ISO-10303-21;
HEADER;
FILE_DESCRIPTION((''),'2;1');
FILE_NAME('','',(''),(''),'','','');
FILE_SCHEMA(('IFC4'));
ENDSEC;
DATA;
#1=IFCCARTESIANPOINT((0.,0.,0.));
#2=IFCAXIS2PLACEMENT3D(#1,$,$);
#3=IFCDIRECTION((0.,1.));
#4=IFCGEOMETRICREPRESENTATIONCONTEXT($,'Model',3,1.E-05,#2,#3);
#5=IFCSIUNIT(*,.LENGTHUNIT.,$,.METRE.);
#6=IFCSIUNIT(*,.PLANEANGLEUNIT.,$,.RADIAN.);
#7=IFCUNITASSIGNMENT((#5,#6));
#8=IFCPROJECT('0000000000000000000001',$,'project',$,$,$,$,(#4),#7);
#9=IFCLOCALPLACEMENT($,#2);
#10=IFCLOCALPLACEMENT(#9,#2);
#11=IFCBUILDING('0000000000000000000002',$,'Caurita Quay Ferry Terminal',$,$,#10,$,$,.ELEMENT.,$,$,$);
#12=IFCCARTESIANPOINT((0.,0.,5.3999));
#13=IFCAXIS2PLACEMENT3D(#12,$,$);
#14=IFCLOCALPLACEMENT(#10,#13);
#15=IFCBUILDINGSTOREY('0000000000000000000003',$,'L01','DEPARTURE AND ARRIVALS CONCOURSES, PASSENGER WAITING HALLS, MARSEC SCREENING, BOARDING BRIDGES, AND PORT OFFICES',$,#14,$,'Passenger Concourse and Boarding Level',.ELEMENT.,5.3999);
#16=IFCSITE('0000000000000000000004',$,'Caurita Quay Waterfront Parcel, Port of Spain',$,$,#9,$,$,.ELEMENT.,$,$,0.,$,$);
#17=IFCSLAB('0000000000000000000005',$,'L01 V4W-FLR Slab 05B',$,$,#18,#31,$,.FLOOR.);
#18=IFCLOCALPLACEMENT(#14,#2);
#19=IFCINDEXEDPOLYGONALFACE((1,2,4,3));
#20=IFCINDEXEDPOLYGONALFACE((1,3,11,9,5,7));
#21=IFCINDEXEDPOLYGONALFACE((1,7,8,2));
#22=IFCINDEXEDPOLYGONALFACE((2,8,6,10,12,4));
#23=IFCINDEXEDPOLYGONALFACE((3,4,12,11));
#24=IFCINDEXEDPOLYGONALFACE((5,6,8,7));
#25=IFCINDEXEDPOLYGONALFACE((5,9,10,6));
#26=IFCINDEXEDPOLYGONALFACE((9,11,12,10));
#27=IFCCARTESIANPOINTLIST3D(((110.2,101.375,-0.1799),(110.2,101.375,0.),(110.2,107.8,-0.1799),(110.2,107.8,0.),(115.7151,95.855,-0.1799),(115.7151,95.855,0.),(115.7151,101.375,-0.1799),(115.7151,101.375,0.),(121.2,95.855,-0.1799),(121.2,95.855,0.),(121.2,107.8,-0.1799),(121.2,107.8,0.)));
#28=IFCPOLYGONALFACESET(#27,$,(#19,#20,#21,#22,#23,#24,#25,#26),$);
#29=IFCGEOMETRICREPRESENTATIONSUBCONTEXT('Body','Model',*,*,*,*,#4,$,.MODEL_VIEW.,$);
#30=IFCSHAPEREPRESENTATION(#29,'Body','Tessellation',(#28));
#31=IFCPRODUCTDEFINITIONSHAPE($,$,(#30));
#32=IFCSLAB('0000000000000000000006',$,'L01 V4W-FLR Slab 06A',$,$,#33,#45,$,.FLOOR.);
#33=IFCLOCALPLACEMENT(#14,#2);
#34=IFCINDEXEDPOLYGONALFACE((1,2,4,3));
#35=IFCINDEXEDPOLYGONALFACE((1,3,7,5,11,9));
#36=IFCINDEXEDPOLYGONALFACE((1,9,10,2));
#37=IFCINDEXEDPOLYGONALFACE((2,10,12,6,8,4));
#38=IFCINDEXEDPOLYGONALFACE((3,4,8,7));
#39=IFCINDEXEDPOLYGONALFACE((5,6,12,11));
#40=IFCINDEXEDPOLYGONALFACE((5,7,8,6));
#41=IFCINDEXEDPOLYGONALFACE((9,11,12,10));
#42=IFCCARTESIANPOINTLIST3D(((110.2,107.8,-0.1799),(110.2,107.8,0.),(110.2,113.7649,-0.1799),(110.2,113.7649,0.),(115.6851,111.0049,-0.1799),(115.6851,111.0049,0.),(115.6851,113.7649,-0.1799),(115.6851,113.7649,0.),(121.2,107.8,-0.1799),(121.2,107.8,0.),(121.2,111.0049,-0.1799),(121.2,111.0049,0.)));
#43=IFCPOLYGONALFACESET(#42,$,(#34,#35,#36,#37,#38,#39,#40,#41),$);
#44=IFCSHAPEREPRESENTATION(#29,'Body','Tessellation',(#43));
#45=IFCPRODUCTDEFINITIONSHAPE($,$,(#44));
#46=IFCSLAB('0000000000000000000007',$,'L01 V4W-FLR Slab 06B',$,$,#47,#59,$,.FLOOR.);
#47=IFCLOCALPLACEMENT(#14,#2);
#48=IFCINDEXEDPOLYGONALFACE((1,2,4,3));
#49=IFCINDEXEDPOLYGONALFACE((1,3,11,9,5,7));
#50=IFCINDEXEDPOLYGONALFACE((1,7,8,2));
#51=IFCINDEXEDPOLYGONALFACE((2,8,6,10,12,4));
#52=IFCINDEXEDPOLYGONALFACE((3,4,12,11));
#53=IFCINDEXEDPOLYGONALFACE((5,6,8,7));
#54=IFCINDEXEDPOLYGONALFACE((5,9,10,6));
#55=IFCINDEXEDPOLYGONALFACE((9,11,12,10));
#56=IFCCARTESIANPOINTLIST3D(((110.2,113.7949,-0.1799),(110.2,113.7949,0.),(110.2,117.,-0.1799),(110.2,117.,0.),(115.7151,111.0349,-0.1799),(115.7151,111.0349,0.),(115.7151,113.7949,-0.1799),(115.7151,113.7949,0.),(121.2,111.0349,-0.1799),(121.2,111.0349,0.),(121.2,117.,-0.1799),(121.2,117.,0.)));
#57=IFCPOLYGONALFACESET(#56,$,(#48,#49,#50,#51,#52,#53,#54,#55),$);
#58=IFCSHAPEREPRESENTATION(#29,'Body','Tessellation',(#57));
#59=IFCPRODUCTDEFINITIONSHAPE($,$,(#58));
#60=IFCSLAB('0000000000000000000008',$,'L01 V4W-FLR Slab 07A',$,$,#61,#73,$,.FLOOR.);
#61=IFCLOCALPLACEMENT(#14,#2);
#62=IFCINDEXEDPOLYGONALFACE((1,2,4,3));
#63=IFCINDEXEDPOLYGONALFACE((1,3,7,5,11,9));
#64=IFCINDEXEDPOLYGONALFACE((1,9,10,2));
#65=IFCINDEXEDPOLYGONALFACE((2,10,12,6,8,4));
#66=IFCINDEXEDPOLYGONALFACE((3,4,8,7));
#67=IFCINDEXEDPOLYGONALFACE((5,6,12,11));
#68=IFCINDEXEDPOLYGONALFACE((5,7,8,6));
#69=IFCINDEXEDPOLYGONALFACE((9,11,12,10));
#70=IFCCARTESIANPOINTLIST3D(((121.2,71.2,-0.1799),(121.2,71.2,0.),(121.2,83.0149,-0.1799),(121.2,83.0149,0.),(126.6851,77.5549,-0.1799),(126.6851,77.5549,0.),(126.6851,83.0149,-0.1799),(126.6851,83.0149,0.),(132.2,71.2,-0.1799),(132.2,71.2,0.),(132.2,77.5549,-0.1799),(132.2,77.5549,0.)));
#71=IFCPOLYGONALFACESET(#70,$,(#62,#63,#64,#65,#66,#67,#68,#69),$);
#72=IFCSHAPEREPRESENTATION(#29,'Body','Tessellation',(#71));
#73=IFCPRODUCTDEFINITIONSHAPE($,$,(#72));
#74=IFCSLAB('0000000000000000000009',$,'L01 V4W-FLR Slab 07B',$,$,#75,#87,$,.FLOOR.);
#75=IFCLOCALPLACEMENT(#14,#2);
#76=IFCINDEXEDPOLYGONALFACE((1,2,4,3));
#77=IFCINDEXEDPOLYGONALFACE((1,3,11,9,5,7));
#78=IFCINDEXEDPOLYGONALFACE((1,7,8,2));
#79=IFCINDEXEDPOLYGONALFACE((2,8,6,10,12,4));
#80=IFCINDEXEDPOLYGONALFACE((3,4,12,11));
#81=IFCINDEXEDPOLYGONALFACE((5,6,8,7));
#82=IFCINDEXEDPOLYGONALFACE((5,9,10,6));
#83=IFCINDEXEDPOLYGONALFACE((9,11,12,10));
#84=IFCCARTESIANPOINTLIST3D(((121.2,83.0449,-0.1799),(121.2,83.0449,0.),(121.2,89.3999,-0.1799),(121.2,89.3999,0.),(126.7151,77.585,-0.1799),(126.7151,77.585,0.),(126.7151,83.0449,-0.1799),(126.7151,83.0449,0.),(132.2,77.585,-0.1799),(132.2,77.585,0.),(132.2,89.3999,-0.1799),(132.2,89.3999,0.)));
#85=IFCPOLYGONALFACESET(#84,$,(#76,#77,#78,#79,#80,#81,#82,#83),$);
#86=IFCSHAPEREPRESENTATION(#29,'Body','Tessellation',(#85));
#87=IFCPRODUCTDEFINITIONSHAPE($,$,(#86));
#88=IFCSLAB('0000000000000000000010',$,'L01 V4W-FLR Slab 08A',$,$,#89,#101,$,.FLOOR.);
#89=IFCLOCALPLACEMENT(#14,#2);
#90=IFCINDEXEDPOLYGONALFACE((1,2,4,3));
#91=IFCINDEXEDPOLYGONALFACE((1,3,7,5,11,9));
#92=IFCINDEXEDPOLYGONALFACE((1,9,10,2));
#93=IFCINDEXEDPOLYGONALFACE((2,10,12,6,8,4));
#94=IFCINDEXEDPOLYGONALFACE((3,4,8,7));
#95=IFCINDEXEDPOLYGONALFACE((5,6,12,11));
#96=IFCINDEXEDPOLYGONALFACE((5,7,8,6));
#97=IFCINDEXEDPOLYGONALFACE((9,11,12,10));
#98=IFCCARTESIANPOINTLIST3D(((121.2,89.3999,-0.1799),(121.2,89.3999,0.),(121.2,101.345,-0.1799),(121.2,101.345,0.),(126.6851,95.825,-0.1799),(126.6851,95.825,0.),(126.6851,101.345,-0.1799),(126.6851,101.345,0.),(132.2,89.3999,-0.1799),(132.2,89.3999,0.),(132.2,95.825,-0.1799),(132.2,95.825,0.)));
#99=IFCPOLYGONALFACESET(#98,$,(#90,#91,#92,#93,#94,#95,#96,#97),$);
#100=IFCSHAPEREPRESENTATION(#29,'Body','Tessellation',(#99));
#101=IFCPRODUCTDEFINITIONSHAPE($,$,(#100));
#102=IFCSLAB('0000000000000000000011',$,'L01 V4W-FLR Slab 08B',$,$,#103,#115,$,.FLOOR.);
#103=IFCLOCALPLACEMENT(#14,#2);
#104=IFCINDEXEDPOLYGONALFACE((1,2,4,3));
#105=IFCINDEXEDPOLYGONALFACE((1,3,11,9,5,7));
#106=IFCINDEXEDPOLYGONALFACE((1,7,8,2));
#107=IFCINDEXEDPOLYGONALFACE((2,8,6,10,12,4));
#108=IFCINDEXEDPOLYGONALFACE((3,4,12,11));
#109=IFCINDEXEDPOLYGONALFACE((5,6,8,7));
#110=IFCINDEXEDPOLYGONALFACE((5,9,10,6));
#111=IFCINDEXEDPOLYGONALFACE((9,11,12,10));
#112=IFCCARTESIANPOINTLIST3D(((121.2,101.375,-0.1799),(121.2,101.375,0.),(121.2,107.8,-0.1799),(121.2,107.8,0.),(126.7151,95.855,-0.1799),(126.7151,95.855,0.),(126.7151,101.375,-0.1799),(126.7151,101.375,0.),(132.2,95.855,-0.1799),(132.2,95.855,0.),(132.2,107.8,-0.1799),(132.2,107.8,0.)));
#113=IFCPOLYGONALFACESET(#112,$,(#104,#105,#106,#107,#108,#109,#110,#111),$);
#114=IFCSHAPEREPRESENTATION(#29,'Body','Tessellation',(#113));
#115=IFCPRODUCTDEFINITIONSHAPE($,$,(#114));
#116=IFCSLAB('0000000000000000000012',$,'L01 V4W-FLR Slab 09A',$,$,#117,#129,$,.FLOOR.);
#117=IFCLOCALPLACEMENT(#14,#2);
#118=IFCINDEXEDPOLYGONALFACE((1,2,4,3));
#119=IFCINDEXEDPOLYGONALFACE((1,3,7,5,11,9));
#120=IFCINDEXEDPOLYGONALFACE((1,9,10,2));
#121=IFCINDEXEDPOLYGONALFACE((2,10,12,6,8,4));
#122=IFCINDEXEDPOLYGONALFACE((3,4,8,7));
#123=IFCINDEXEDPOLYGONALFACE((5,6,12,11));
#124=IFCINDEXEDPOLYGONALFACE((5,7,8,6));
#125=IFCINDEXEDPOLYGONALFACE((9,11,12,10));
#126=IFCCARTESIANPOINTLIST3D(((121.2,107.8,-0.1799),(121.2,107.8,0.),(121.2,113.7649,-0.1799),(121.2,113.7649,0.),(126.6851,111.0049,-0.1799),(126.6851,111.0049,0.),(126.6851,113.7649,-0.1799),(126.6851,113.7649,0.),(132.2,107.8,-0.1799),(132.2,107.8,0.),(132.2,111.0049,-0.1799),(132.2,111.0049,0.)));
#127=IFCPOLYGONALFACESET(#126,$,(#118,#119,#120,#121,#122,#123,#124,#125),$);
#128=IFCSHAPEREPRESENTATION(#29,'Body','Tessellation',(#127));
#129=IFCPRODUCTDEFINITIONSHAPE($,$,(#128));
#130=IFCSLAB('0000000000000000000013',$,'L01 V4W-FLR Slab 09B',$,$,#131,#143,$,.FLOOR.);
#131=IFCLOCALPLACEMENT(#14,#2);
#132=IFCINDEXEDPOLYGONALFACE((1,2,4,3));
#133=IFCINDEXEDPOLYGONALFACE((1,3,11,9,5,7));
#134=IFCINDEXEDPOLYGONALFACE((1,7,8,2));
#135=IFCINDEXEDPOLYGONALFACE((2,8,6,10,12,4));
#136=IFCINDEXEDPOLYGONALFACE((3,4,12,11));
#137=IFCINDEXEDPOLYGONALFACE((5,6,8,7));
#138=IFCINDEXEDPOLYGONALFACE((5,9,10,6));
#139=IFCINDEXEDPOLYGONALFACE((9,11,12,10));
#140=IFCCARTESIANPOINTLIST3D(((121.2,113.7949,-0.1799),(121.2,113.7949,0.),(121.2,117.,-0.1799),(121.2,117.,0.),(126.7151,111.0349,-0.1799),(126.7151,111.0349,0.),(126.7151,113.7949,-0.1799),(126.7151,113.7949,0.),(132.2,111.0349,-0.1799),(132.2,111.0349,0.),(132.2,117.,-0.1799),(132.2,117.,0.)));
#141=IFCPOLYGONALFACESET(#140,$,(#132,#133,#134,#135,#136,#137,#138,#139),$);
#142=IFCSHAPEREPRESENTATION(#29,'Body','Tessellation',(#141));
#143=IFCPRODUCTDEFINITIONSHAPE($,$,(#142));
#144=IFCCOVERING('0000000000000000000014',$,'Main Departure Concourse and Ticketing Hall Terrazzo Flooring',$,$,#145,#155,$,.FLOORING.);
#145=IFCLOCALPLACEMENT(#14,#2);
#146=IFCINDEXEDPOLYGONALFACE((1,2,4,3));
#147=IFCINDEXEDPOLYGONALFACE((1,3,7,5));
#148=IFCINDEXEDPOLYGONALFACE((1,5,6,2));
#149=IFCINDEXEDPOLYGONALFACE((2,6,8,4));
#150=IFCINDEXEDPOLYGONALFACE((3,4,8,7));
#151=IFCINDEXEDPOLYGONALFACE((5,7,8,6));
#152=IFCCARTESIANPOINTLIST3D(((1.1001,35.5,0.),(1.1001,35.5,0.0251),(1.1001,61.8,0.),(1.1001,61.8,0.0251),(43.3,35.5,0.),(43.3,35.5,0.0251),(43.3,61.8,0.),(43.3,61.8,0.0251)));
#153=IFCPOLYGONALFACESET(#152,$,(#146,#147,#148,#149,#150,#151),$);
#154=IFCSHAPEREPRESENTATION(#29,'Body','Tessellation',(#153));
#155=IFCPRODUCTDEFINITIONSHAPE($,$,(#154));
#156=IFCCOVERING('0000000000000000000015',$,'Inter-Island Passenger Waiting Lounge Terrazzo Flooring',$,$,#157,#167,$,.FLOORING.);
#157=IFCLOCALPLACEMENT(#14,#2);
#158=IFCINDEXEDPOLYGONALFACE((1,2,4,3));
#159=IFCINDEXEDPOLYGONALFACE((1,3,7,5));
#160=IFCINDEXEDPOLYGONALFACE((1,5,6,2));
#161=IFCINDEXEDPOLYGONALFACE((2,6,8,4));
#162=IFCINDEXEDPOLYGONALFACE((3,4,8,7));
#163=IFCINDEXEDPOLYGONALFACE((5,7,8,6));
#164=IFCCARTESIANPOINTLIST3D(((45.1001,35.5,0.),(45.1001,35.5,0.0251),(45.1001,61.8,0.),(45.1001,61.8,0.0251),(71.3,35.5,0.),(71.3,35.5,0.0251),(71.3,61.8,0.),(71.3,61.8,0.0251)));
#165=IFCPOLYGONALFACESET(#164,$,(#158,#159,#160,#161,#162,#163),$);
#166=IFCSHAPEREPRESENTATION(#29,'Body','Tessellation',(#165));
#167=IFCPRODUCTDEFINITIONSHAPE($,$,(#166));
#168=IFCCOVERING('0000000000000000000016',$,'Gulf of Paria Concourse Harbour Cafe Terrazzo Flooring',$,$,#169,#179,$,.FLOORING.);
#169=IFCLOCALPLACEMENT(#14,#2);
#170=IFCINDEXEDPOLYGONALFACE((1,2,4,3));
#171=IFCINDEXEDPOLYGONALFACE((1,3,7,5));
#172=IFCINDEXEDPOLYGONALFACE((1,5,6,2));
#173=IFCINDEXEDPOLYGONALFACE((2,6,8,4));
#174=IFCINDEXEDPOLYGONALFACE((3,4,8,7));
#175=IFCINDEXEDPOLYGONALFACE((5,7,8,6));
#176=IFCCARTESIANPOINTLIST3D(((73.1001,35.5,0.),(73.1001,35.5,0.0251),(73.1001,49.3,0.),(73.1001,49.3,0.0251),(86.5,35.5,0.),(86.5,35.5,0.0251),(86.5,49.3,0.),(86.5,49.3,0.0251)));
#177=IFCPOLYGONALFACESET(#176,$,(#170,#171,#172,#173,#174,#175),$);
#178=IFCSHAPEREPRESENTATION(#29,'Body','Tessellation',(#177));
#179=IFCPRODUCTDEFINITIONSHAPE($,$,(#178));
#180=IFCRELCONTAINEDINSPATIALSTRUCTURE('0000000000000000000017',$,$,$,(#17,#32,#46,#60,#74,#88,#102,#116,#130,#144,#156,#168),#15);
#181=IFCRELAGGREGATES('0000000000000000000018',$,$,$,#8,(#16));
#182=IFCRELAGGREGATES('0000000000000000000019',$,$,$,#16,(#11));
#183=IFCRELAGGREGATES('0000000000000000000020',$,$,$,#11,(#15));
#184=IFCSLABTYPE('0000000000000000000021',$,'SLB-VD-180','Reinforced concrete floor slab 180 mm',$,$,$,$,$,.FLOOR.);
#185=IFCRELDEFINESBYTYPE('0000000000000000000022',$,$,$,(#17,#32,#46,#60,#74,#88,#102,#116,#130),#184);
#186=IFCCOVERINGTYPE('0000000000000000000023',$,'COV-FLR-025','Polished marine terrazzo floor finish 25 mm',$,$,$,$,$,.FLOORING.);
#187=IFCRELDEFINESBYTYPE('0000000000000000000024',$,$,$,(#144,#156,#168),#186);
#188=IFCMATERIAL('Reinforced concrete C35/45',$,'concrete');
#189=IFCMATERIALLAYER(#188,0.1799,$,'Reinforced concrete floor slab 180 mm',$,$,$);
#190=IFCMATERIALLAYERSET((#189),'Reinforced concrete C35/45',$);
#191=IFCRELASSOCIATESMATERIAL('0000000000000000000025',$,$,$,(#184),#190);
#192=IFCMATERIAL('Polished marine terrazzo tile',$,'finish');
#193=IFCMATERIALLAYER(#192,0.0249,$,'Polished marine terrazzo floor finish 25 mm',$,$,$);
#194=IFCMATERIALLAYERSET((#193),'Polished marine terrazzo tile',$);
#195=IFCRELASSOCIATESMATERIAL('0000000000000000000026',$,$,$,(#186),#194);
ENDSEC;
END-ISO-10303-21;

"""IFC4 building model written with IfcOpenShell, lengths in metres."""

from ifc_helpers import new_model, si_unit, direction, frame, origin, place, context, subcontext, project, spatial, polyline, outline, extrude, material, layer, layer_set, type_object, element, save


model = new_model("IFC4")

# Units and contexts
model_context = context("Model", 3, precision=1e-05, world=origin(), true_north=direction((0.0, 1.0)))
body_context = subcontext(model_context, "Body", "Model", "MODEL_VIEW")
ifc_project = project(units=[si_unit("LENGTHUNIT", "METRE"), si_unit("PLANEANGLEUNIT", "RADIAN")], contexts=[model_context])

# Site, building, storey
site_placement = place(None, origin())
site = spatial("IfcSite", under=ifc_project, at=site_placement, Name="Caurita Quay Waterfront Parcel, Port of Spain", CompositionType="ELEMENT", RefElevation=0.0)
building_placement = place(site_placement, origin())
building = spatial("IfcBuilding", under=site, at=building_placement, Name="Caurita Quay Ferry Terminal", CompositionType="ELEMENT")
storey_placement = place(building_placement, frame((0.0, 0.0, 5.3999)))
storey = spatial("IfcBuildingStorey", under=building, at=storey_placement, Name="L01", Description="DEPARTURE AND ARRIVALS CONCOURSES, PASSENGER WAITING HALLS, MARSEC SCREENING, BOARDING BRIDGES, AND PORT OFFICES", LongName="Passenger Concourse and Boarding Level", CompositionType="ELEMENT", Elevation=5.3999)

# Shared definitions
ifc_material_1 = material(Name="Reinforced concrete C35/45", Category="concrete")

# Slabs
ifc_layer_1 = layer(ifc_material_1, 0.1799, Name="Reinforced concrete floor slab 180 mm")
ifc_layer_set_1 = layer_set([ifc_layer_1], Name="Reinforced concrete C35/45")
slab_type_1 = type_object("IfcSlabType", Name="SLB-VD-180", Description="Reinforced concrete floor slab 180 mm", PredefinedType="FLOOR", material=ifc_layer_set_1)
slab_1_placement = place(storey_placement, frame((0.0, 0.0, -0.1799)))
element("IfcSlab", 1, at=slab_1_placement, inside=storey, type_object=slab_type_1, Name="L01 V4W-FLR Slab 05B", PredefinedType="FLOOR", context=body_context, shape_type="SweptSolid", body=[
    extrude(outline(polyline([(115.7151, 95.855), (121.2, 95.855), (121.2, 107.8), (110.2, 107.8), (110.2, 101.375), (115.7151, 101.375), (115.7151, 95.855)])), origin(), (0.0, 0.0, 1.0), 0.1799),
])
slab_2_placement = place(storey_placement, frame((0.0, 0.0, -0.1799)))
element("IfcSlab", 2, at=slab_2_placement, inside=storey, type_object=slab_type_1, Name="L01 V4W-FLR Slab 06A", PredefinedType="FLOOR", context=body_context, shape_type="SweptSolid", body=[
    extrude(outline(polyline([(110.2, 107.8), (121.2, 107.8), (121.2, 111.0049), (115.6851, 111.0049), (115.6851, 113.7649), (110.2, 113.7649), (110.2, 107.8)])), origin(), (0.0, 0.0, 1.0), 0.1799),
])
slab_3_placement = place(storey_placement, frame((0.0, 0.0, -0.1799)))
element("IfcSlab", 3, at=slab_3_placement, inside=storey, type_object=slab_type_1, Name="L01 V4W-FLR Slab 06B", PredefinedType="FLOOR", context=body_context, shape_type="SweptSolid", body=[
    extrude(outline(polyline([(115.7151, 111.0349), (121.2, 111.0349), (121.2, 117.0), (110.2, 117.0), (110.2, 113.7949), (115.7151, 113.7949), (115.7151, 111.0349)])), origin(), (0.0, 0.0, 1.0), 0.1799),
])
slab_4_placement = place(storey_placement, frame((0.0, 0.0, -0.1799)))
element("IfcSlab", 4, at=slab_4_placement, inside=storey, type_object=slab_type_1, Name="L01 V4W-FLR Slab 07A", PredefinedType="FLOOR", context=body_context, shape_type="SweptSolid", body=[
    extrude(outline(polyline([(121.2, 71.2), (132.2, 71.2), (132.2, 77.5549), (126.6851, 77.5549), (126.6851, 83.0149), (121.2, 83.0149), (121.2, 71.2)])), origin(), (0.0, 0.0, 1.0), 0.1799),
])
slab_5_placement = place(storey_placement, frame((0.0, 0.0, -0.1799)))
element("IfcSlab", 5, at=slab_5_placement, inside=storey, type_object=slab_type_1, Name="L01 V4W-FLR Slab 07B", PredefinedType="FLOOR", context=body_context, shape_type="SweptSolid", body=[
    extrude(outline(polyline([(126.7151, 77.585), (132.2, 77.585), (132.2, 89.3999), (121.2, 89.3999), (121.2, 83.0449), (126.7151, 83.0449), (126.7151, 77.585)])), origin(), (0.0, 0.0, 1.0), 0.1799),
])
slab_6_placement = place(storey_placement, frame((0.0, 0.0, -0.1799)))
element("IfcSlab", 6, at=slab_6_placement, inside=storey, type_object=slab_type_1, Name="L01 V4W-FLR Slab 08A", PredefinedType="FLOOR", context=body_context, shape_type="SweptSolid", body=[
    extrude(outline(polyline([(121.2, 89.3999), (132.2, 89.3999), (132.2, 95.825), (126.6851, 95.825), (126.6851, 101.345), (121.2, 101.345), (121.2, 89.3999)])), origin(), (0.0, 0.0, 1.0), 0.1799),
])
slab_7_placement = place(storey_placement, frame((0.0, 0.0, -0.1799)))
element("IfcSlab", 7, at=slab_7_placement, inside=storey, type_object=slab_type_1, Name="L01 V4W-FLR Slab 08B", PredefinedType="FLOOR", context=body_context, shape_type="SweptSolid", body=[
    extrude(outline(polyline([(126.7151, 95.855), (132.2, 95.855), (132.2, 107.8), (121.2, 107.8), (121.2, 101.375), (126.7151, 101.375), (126.7151, 95.855)])), origin(), (0.0, 0.0, 1.0), 0.1799),
])
slab_8_placement = place(storey_placement, frame((0.0, 0.0, -0.1799)))
element("IfcSlab", 8, at=slab_8_placement, inside=storey, type_object=slab_type_1, Name="L01 V4W-FLR Slab 09A", PredefinedType="FLOOR", context=body_context, shape_type="SweptSolid", body=[
    extrude(outline(polyline([(121.2, 107.8), (132.2, 107.8), (132.2, 111.0049), (126.6851, 111.0049), (126.6851, 113.7649), (121.2, 113.7649), (121.2, 107.8)])), origin(), (0.0, 0.0, 1.0), 0.1799),
])
slab_9_placement = place(storey_placement, frame((0.0, 0.0, -0.1799)))
element("IfcSlab", 9, at=slab_9_placement, inside=storey, type_object=slab_type_1, Name="L01 V4W-FLR Slab 09B", PredefinedType="FLOOR", context=body_context, shape_type="SweptSolid", body=[
    extrude(outline(polyline([(126.7151, 111.0349), (132.2, 111.0349), (132.2, 117.0), (121.2, 117.0), (121.2, 113.7949), (126.7151, 113.7949), (126.7151, 111.0349)])), origin(), (0.0, 0.0, 1.0), 0.1799),
])

# Coverings
ifc_material_2 = material(Name="Polished marine terrazzo tile", Category="finish")
ifc_layer_2 = layer(ifc_material_2, 0.0249, Name="Polished marine terrazzo floor finish 25 mm")
ifc_layer_set_2 = layer_set([ifc_layer_2], Name="Polished marine terrazzo tile")
covering_type = type_object("IfcCoveringType", Name="COV-FLR-025", Description="Polished marine terrazzo floor finish 25 mm", PredefinedType="FLOORING", material=ifc_layer_set_2)
covering_1_placement = place(storey_placement, origin())
element("IfcCovering", 10, at=covering_1_placement, inside=storey, type_object=covering_type, Name="Main Departure Concourse and Ticketing Hall Terrazzo Flooring", PredefinedType="FLOORING", context=body_context, shape_type="SweptSolid", body=[
    extrude(outline(polyline([(1.1001, 35.5), (43.3, 35.5), (43.3, 61.8), (1.1001, 61.8), (1.1001, 35.5)])), origin(), (0.0, 0.0, 1.0), 0.0251),
])
covering_2_placement = place(storey_placement, origin())
element("IfcCovering", 11, at=covering_2_placement, inside=storey, type_object=covering_type, Name="Inter-Island Passenger Waiting Lounge Terrazzo Flooring", PredefinedType="FLOORING", context=body_context, shape_type="SweptSolid", body=[
    extrude(outline(polyline([(45.1001, 35.5), (71.3, 35.5), (71.3, 61.8), (45.1001, 61.8), (45.1001, 35.5)])), origin(), (0.0, 0.0, 1.0), 0.0251),
])
covering_3_placement = place(storey_placement, origin())
element("IfcCovering", 12, at=covering_3_placement, inside=storey, type_object=covering_type, Name="Gulf of Paria Concourse Harbour Cafe Terrazzo Flooring", PredefinedType="FLOORING", context=body_context, shape_type="SweptSolid", body=[
    extrude(outline(polyline([(73.1001, 35.5), (86.5, 35.5), (86.5, 49.3), (73.1001, 49.3), (73.1001, 35.5)])), origin(), (0.0, 0.0, 1.0), 0.0251),
])

save(model, "model.ifc")
